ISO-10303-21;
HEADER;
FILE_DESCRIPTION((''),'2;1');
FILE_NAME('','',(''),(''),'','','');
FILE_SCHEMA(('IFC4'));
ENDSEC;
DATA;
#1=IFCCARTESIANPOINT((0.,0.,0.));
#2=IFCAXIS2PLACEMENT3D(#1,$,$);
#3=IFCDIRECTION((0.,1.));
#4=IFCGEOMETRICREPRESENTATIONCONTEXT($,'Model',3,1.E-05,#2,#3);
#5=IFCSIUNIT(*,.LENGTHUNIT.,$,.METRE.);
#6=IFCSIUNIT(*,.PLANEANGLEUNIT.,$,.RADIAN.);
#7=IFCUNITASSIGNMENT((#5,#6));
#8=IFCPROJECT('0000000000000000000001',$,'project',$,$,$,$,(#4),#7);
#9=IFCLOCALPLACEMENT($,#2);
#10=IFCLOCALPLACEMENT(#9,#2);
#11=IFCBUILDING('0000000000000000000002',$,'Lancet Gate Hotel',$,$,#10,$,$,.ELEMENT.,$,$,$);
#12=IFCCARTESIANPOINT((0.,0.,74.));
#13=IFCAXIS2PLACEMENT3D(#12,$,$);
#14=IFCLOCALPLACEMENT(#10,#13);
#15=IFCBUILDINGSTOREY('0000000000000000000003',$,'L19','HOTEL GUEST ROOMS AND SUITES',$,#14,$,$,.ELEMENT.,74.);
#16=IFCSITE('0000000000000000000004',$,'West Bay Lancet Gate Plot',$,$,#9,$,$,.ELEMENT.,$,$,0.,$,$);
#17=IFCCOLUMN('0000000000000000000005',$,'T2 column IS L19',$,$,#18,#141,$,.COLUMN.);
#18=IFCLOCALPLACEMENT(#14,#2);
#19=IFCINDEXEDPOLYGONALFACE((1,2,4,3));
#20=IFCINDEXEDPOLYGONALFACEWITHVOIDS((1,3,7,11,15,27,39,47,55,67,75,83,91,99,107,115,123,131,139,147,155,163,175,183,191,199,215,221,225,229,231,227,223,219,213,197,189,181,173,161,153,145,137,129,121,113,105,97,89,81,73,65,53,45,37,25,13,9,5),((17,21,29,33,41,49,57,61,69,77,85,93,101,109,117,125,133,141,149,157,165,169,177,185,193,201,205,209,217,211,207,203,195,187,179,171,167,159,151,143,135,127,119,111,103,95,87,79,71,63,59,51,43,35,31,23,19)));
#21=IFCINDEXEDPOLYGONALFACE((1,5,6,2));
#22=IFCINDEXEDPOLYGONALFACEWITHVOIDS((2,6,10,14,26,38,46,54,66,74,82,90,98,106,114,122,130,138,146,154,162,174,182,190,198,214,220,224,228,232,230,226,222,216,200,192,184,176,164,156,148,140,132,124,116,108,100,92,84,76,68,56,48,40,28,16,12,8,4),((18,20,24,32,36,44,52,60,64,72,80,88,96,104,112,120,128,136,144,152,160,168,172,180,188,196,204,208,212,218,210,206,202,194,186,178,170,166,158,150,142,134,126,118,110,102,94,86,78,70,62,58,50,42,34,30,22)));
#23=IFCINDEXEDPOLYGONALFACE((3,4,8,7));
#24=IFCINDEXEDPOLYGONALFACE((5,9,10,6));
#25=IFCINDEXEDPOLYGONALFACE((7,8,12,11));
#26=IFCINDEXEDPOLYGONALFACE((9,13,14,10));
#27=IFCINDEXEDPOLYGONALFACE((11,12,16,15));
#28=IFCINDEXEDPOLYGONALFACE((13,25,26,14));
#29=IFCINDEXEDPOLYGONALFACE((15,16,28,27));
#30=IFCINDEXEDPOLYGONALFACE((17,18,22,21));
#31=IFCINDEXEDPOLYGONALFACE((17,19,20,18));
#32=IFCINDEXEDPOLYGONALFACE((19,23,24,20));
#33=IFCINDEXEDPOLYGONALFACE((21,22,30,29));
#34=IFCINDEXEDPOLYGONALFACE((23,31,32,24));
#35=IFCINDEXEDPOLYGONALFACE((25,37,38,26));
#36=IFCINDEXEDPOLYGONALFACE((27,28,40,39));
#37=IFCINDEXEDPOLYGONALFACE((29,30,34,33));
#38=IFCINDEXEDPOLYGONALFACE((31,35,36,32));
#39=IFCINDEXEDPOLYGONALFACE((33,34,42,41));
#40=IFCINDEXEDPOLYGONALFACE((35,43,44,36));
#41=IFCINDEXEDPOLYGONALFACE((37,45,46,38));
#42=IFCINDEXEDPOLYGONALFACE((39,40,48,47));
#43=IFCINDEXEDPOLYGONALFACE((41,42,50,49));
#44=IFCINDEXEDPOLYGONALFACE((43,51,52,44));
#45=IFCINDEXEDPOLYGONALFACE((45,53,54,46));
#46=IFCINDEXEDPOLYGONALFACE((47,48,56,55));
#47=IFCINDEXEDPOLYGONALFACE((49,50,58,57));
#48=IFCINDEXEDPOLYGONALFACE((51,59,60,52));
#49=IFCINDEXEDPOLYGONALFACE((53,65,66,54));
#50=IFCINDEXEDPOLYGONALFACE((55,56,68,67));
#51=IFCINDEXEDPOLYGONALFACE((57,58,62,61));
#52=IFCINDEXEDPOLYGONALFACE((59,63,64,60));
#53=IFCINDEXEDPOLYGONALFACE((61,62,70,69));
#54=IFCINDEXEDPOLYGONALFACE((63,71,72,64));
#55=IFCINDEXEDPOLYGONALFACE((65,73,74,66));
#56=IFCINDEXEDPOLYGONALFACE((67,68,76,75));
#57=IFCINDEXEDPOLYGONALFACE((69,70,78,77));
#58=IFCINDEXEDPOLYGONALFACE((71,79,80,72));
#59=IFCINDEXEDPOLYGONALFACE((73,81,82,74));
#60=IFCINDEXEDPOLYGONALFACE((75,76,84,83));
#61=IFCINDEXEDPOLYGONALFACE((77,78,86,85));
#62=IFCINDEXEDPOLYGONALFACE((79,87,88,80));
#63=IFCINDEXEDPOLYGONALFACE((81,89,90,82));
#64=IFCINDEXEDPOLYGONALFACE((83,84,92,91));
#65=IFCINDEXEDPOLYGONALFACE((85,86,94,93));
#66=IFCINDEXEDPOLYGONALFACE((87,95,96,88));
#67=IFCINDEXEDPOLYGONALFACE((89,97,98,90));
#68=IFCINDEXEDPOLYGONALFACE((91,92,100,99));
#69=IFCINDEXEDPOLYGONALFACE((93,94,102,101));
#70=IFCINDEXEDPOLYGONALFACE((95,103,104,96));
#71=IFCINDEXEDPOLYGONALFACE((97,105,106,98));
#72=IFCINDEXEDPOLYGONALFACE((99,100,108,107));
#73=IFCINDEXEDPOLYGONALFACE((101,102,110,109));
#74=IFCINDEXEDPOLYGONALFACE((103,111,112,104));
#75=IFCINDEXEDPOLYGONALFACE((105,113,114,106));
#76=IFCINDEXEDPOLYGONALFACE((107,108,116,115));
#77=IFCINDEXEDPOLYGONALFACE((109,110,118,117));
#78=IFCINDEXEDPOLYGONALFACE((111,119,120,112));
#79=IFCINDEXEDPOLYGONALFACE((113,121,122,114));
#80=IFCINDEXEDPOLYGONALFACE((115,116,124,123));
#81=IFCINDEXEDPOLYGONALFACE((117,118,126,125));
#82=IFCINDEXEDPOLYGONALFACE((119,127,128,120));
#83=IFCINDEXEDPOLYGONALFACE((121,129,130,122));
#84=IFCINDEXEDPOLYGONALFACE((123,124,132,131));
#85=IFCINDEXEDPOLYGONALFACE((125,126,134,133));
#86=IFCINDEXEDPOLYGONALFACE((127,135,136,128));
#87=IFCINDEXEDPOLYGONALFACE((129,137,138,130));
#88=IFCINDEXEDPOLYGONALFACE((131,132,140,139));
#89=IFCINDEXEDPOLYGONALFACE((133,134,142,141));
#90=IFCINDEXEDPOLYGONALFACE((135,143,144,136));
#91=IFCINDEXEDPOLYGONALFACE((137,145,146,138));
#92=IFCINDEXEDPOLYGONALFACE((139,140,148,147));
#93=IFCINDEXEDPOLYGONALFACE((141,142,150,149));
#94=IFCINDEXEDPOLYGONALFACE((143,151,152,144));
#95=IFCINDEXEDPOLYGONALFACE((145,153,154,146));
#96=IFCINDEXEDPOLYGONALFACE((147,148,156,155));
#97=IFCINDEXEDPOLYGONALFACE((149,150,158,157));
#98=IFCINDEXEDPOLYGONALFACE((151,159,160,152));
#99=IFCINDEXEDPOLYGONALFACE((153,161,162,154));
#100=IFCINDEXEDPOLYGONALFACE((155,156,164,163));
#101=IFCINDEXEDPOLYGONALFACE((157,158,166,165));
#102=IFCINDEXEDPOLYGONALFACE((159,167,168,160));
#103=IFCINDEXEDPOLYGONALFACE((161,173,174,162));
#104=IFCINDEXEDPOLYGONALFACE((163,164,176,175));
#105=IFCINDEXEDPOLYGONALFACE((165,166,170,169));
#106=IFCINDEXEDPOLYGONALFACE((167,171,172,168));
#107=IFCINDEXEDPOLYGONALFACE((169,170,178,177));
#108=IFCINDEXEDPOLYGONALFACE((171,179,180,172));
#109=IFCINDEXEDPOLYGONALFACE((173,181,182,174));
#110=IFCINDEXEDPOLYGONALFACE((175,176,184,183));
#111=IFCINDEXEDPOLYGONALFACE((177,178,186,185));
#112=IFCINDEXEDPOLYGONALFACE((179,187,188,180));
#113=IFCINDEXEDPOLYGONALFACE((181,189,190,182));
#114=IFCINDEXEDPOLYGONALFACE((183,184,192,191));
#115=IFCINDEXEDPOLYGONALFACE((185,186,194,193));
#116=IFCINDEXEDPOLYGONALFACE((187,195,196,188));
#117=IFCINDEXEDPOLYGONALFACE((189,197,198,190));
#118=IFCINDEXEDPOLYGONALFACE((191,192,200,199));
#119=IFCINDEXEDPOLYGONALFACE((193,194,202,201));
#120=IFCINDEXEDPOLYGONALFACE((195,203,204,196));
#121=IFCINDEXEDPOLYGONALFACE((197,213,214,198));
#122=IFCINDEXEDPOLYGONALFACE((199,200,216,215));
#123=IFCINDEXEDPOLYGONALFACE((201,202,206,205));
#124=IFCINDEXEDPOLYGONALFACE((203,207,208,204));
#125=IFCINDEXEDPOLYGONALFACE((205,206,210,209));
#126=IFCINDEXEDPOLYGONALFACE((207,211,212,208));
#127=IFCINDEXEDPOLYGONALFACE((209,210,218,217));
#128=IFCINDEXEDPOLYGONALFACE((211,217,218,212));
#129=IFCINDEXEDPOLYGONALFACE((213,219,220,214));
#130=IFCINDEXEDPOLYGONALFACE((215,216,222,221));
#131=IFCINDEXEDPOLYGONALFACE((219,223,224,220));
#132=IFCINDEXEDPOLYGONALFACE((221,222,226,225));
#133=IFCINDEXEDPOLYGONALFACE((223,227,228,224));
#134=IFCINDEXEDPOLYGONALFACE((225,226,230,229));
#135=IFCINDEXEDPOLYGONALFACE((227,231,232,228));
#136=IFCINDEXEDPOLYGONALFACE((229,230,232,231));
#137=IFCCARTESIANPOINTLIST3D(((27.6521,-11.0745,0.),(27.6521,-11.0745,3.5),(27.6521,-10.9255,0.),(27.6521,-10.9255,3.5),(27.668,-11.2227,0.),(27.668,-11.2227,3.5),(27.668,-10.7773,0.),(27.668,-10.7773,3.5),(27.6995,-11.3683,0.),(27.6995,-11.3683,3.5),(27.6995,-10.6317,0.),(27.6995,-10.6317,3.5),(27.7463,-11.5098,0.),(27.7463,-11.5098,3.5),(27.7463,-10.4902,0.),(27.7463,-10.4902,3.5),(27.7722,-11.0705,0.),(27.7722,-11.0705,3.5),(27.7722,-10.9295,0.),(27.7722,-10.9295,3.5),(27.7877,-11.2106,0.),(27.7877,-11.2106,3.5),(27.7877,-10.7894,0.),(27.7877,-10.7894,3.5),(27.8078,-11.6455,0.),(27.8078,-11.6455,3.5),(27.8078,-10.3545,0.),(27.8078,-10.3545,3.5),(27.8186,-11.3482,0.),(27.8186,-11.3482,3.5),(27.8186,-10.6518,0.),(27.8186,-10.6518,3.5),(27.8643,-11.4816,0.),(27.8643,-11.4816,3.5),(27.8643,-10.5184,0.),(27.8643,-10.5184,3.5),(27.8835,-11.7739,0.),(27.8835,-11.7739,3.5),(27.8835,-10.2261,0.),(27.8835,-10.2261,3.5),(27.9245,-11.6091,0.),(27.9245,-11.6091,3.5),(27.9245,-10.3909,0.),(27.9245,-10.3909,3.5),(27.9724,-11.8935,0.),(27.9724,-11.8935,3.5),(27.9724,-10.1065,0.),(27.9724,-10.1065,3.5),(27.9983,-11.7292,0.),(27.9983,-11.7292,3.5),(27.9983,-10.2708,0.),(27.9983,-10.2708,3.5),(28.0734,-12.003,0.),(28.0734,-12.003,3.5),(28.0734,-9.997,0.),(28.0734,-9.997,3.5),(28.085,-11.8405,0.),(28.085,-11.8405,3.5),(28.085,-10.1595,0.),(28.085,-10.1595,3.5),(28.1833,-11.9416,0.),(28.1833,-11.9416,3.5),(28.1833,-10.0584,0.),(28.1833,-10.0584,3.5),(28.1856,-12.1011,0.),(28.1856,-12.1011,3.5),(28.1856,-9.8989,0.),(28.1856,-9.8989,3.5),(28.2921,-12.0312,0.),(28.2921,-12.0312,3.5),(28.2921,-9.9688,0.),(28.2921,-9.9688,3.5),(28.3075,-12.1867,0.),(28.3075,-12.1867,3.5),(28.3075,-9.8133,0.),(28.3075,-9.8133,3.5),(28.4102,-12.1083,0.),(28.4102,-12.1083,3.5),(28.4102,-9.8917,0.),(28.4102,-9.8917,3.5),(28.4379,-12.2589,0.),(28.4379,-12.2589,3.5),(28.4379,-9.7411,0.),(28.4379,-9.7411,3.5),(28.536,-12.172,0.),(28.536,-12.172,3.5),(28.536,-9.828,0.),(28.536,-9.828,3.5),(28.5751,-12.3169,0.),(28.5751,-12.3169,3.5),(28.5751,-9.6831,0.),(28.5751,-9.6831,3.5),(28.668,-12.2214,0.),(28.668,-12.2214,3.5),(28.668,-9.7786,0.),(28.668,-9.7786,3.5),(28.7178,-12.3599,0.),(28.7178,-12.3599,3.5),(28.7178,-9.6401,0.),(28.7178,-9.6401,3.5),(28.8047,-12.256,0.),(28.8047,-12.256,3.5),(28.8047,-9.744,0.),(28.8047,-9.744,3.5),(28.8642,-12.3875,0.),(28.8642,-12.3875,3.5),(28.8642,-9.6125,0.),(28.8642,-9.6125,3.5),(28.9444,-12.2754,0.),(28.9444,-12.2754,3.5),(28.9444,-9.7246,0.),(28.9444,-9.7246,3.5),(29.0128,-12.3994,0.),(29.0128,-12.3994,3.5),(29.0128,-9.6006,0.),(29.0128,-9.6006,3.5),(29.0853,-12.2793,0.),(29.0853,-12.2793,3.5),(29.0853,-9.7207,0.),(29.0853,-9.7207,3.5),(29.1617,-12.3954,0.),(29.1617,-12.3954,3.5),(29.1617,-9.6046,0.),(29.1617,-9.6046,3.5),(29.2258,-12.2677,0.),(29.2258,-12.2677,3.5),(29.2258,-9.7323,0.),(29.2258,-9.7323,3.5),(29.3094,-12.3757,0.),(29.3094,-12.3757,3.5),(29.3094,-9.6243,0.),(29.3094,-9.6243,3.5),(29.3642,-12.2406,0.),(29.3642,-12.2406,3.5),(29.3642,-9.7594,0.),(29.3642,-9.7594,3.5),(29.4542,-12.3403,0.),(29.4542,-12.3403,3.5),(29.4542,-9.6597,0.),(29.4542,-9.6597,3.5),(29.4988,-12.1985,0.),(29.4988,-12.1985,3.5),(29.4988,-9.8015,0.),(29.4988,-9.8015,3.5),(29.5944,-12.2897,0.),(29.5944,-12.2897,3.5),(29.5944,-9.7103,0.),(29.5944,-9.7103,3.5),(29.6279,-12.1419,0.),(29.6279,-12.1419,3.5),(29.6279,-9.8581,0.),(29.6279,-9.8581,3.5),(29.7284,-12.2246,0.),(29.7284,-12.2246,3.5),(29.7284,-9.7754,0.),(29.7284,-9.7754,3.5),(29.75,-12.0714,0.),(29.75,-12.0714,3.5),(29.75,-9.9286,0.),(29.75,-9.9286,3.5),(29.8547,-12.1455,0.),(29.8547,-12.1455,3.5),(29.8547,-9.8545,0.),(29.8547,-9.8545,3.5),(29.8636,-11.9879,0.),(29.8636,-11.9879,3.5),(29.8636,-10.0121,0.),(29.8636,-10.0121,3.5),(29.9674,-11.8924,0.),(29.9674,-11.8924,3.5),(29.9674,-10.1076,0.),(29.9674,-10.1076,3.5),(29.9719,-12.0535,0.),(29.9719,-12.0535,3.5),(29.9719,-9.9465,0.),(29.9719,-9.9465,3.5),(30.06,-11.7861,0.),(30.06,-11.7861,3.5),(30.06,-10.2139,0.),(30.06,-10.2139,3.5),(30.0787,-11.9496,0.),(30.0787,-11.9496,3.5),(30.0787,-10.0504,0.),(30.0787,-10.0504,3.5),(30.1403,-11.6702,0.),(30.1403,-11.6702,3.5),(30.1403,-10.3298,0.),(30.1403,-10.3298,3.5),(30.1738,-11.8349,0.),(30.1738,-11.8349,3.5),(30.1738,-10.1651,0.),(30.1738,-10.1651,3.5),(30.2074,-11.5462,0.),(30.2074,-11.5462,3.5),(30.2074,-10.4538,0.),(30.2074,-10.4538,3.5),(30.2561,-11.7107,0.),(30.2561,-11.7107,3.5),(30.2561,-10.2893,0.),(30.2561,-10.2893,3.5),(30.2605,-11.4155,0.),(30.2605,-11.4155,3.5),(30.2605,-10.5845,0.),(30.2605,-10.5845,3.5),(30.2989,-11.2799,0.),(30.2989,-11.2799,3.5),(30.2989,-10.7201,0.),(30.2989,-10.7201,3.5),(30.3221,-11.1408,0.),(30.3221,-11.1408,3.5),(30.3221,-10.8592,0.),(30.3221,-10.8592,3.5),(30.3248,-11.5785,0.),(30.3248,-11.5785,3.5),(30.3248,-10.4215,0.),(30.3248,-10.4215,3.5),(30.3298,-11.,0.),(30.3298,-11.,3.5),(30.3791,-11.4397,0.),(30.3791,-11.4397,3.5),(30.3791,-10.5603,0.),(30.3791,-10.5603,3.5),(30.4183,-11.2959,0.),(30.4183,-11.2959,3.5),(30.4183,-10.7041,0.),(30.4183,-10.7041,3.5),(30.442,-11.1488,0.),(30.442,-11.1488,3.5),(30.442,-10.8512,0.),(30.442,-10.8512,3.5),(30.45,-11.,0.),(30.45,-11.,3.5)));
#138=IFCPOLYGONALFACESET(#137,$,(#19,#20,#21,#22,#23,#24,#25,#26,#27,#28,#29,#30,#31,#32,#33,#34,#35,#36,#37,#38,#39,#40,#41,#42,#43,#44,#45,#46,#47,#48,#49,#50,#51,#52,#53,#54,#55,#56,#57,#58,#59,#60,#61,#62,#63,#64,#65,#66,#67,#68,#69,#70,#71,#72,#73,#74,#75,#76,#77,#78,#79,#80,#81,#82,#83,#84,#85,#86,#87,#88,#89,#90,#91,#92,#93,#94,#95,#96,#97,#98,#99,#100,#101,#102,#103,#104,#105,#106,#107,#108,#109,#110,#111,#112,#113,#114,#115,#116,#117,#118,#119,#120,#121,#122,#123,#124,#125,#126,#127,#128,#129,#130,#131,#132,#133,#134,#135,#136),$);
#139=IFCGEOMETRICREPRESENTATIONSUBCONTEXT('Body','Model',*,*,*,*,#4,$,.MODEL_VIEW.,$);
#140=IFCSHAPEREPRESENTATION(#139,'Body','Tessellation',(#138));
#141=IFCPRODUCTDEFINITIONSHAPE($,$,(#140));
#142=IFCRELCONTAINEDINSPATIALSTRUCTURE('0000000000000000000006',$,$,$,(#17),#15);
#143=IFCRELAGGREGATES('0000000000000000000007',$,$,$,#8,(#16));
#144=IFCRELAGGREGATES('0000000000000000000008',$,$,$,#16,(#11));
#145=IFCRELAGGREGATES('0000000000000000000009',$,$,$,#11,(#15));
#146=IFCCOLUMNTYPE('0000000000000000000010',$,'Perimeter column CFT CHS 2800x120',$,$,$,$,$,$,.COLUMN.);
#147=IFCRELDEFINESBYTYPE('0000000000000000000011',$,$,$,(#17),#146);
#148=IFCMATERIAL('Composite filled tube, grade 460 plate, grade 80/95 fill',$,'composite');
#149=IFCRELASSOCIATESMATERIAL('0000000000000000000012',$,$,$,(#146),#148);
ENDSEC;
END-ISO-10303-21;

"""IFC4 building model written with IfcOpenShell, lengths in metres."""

from ifc_helpers import new_model, si_unit, direction, frame, origin, origin_2d, place, context, subcontext, project, spatial, hollow_circle, extrude, material, material_profile, profile_set, type_object, element, save


model = new_model("IFC4")

# Units and contexts
model_context = context("Model", 3, precision=1e-05, world=origin(), true_north=direction((0.0, 1.0)))
body_context = subcontext(model_context, "Body", "Model", "MODEL_VIEW")
ifc_project = project(units=[si_unit("LENGTHUNIT", "METRE"), si_unit("PLANEANGLEUNIT", "RADIAN")], contexts=[model_context])

# Site, building, storey
site_placement = place(None, origin())
site = spatial("IfcSite", under=ifc_project, at=site_placement, Name="West Bay Lancet Gate Plot", CompositionType="ELEMENT", RefElevation=0.0)
building_placement = place(site_placement, origin())
building = spatial("IfcBuilding", under=site, at=building_placement, Name="Lancet Gate Hotel", CompositionType="ELEMENT")
storey_placement = place(building_placement, frame((0.0, 0.0, 74.0)))
storey = spatial("IfcBuildingStorey", under=building, at=storey_placement, Name="L19", Description="HOTEL GUEST ROOMS AND SUITES", CompositionType="ELEMENT", Elevation=74.0)

# Column
ifc_material_1 = material(Name="Composite filled tube, grade 460 plate, grade 80/95 fill", Category="composite")
ifc_material_profile_1 = material_profile(ifc_material_1, hollow_circle(Radius=1.3999, WallThickness=0.1201, at=origin_2d()), Name="CHS 2800x120")
ifc_profile_set_1 = profile_set([ifc_material_profile_1], Name="Composite filled tube, grade 460 plate, grade 80/95 fill")
column_type = type_object("IfcColumnType", Name="Perimeter column CFT CHS 2800x120", PredefinedType="COLUMN", material=ifc_profile_set_1)
for number, where, z_axis, x_axis, name in (
    (1, (29.05, -11.0, 0.0), (0.0, 0.0, 1.0), (1.0, 0.0, 0.0), "T2 column IS L19"),
):
    element("IfcColumn", number, at=place(storey_placement, frame(where, z_axis=z_axis, x_axis=x_axis)), inside=storey, type_object=column_type, Name=name, PredefinedType="COLUMN", context=body_context, shape_type="SweptSolid", body=[
        extrude(hollow_circle(Radius=1.3999, WallThickness=0.1201, at=origin_2d()), origin(), (0.0, 0.0, 1.0), 3.5),
    ])

save(model, "model.ifc")
